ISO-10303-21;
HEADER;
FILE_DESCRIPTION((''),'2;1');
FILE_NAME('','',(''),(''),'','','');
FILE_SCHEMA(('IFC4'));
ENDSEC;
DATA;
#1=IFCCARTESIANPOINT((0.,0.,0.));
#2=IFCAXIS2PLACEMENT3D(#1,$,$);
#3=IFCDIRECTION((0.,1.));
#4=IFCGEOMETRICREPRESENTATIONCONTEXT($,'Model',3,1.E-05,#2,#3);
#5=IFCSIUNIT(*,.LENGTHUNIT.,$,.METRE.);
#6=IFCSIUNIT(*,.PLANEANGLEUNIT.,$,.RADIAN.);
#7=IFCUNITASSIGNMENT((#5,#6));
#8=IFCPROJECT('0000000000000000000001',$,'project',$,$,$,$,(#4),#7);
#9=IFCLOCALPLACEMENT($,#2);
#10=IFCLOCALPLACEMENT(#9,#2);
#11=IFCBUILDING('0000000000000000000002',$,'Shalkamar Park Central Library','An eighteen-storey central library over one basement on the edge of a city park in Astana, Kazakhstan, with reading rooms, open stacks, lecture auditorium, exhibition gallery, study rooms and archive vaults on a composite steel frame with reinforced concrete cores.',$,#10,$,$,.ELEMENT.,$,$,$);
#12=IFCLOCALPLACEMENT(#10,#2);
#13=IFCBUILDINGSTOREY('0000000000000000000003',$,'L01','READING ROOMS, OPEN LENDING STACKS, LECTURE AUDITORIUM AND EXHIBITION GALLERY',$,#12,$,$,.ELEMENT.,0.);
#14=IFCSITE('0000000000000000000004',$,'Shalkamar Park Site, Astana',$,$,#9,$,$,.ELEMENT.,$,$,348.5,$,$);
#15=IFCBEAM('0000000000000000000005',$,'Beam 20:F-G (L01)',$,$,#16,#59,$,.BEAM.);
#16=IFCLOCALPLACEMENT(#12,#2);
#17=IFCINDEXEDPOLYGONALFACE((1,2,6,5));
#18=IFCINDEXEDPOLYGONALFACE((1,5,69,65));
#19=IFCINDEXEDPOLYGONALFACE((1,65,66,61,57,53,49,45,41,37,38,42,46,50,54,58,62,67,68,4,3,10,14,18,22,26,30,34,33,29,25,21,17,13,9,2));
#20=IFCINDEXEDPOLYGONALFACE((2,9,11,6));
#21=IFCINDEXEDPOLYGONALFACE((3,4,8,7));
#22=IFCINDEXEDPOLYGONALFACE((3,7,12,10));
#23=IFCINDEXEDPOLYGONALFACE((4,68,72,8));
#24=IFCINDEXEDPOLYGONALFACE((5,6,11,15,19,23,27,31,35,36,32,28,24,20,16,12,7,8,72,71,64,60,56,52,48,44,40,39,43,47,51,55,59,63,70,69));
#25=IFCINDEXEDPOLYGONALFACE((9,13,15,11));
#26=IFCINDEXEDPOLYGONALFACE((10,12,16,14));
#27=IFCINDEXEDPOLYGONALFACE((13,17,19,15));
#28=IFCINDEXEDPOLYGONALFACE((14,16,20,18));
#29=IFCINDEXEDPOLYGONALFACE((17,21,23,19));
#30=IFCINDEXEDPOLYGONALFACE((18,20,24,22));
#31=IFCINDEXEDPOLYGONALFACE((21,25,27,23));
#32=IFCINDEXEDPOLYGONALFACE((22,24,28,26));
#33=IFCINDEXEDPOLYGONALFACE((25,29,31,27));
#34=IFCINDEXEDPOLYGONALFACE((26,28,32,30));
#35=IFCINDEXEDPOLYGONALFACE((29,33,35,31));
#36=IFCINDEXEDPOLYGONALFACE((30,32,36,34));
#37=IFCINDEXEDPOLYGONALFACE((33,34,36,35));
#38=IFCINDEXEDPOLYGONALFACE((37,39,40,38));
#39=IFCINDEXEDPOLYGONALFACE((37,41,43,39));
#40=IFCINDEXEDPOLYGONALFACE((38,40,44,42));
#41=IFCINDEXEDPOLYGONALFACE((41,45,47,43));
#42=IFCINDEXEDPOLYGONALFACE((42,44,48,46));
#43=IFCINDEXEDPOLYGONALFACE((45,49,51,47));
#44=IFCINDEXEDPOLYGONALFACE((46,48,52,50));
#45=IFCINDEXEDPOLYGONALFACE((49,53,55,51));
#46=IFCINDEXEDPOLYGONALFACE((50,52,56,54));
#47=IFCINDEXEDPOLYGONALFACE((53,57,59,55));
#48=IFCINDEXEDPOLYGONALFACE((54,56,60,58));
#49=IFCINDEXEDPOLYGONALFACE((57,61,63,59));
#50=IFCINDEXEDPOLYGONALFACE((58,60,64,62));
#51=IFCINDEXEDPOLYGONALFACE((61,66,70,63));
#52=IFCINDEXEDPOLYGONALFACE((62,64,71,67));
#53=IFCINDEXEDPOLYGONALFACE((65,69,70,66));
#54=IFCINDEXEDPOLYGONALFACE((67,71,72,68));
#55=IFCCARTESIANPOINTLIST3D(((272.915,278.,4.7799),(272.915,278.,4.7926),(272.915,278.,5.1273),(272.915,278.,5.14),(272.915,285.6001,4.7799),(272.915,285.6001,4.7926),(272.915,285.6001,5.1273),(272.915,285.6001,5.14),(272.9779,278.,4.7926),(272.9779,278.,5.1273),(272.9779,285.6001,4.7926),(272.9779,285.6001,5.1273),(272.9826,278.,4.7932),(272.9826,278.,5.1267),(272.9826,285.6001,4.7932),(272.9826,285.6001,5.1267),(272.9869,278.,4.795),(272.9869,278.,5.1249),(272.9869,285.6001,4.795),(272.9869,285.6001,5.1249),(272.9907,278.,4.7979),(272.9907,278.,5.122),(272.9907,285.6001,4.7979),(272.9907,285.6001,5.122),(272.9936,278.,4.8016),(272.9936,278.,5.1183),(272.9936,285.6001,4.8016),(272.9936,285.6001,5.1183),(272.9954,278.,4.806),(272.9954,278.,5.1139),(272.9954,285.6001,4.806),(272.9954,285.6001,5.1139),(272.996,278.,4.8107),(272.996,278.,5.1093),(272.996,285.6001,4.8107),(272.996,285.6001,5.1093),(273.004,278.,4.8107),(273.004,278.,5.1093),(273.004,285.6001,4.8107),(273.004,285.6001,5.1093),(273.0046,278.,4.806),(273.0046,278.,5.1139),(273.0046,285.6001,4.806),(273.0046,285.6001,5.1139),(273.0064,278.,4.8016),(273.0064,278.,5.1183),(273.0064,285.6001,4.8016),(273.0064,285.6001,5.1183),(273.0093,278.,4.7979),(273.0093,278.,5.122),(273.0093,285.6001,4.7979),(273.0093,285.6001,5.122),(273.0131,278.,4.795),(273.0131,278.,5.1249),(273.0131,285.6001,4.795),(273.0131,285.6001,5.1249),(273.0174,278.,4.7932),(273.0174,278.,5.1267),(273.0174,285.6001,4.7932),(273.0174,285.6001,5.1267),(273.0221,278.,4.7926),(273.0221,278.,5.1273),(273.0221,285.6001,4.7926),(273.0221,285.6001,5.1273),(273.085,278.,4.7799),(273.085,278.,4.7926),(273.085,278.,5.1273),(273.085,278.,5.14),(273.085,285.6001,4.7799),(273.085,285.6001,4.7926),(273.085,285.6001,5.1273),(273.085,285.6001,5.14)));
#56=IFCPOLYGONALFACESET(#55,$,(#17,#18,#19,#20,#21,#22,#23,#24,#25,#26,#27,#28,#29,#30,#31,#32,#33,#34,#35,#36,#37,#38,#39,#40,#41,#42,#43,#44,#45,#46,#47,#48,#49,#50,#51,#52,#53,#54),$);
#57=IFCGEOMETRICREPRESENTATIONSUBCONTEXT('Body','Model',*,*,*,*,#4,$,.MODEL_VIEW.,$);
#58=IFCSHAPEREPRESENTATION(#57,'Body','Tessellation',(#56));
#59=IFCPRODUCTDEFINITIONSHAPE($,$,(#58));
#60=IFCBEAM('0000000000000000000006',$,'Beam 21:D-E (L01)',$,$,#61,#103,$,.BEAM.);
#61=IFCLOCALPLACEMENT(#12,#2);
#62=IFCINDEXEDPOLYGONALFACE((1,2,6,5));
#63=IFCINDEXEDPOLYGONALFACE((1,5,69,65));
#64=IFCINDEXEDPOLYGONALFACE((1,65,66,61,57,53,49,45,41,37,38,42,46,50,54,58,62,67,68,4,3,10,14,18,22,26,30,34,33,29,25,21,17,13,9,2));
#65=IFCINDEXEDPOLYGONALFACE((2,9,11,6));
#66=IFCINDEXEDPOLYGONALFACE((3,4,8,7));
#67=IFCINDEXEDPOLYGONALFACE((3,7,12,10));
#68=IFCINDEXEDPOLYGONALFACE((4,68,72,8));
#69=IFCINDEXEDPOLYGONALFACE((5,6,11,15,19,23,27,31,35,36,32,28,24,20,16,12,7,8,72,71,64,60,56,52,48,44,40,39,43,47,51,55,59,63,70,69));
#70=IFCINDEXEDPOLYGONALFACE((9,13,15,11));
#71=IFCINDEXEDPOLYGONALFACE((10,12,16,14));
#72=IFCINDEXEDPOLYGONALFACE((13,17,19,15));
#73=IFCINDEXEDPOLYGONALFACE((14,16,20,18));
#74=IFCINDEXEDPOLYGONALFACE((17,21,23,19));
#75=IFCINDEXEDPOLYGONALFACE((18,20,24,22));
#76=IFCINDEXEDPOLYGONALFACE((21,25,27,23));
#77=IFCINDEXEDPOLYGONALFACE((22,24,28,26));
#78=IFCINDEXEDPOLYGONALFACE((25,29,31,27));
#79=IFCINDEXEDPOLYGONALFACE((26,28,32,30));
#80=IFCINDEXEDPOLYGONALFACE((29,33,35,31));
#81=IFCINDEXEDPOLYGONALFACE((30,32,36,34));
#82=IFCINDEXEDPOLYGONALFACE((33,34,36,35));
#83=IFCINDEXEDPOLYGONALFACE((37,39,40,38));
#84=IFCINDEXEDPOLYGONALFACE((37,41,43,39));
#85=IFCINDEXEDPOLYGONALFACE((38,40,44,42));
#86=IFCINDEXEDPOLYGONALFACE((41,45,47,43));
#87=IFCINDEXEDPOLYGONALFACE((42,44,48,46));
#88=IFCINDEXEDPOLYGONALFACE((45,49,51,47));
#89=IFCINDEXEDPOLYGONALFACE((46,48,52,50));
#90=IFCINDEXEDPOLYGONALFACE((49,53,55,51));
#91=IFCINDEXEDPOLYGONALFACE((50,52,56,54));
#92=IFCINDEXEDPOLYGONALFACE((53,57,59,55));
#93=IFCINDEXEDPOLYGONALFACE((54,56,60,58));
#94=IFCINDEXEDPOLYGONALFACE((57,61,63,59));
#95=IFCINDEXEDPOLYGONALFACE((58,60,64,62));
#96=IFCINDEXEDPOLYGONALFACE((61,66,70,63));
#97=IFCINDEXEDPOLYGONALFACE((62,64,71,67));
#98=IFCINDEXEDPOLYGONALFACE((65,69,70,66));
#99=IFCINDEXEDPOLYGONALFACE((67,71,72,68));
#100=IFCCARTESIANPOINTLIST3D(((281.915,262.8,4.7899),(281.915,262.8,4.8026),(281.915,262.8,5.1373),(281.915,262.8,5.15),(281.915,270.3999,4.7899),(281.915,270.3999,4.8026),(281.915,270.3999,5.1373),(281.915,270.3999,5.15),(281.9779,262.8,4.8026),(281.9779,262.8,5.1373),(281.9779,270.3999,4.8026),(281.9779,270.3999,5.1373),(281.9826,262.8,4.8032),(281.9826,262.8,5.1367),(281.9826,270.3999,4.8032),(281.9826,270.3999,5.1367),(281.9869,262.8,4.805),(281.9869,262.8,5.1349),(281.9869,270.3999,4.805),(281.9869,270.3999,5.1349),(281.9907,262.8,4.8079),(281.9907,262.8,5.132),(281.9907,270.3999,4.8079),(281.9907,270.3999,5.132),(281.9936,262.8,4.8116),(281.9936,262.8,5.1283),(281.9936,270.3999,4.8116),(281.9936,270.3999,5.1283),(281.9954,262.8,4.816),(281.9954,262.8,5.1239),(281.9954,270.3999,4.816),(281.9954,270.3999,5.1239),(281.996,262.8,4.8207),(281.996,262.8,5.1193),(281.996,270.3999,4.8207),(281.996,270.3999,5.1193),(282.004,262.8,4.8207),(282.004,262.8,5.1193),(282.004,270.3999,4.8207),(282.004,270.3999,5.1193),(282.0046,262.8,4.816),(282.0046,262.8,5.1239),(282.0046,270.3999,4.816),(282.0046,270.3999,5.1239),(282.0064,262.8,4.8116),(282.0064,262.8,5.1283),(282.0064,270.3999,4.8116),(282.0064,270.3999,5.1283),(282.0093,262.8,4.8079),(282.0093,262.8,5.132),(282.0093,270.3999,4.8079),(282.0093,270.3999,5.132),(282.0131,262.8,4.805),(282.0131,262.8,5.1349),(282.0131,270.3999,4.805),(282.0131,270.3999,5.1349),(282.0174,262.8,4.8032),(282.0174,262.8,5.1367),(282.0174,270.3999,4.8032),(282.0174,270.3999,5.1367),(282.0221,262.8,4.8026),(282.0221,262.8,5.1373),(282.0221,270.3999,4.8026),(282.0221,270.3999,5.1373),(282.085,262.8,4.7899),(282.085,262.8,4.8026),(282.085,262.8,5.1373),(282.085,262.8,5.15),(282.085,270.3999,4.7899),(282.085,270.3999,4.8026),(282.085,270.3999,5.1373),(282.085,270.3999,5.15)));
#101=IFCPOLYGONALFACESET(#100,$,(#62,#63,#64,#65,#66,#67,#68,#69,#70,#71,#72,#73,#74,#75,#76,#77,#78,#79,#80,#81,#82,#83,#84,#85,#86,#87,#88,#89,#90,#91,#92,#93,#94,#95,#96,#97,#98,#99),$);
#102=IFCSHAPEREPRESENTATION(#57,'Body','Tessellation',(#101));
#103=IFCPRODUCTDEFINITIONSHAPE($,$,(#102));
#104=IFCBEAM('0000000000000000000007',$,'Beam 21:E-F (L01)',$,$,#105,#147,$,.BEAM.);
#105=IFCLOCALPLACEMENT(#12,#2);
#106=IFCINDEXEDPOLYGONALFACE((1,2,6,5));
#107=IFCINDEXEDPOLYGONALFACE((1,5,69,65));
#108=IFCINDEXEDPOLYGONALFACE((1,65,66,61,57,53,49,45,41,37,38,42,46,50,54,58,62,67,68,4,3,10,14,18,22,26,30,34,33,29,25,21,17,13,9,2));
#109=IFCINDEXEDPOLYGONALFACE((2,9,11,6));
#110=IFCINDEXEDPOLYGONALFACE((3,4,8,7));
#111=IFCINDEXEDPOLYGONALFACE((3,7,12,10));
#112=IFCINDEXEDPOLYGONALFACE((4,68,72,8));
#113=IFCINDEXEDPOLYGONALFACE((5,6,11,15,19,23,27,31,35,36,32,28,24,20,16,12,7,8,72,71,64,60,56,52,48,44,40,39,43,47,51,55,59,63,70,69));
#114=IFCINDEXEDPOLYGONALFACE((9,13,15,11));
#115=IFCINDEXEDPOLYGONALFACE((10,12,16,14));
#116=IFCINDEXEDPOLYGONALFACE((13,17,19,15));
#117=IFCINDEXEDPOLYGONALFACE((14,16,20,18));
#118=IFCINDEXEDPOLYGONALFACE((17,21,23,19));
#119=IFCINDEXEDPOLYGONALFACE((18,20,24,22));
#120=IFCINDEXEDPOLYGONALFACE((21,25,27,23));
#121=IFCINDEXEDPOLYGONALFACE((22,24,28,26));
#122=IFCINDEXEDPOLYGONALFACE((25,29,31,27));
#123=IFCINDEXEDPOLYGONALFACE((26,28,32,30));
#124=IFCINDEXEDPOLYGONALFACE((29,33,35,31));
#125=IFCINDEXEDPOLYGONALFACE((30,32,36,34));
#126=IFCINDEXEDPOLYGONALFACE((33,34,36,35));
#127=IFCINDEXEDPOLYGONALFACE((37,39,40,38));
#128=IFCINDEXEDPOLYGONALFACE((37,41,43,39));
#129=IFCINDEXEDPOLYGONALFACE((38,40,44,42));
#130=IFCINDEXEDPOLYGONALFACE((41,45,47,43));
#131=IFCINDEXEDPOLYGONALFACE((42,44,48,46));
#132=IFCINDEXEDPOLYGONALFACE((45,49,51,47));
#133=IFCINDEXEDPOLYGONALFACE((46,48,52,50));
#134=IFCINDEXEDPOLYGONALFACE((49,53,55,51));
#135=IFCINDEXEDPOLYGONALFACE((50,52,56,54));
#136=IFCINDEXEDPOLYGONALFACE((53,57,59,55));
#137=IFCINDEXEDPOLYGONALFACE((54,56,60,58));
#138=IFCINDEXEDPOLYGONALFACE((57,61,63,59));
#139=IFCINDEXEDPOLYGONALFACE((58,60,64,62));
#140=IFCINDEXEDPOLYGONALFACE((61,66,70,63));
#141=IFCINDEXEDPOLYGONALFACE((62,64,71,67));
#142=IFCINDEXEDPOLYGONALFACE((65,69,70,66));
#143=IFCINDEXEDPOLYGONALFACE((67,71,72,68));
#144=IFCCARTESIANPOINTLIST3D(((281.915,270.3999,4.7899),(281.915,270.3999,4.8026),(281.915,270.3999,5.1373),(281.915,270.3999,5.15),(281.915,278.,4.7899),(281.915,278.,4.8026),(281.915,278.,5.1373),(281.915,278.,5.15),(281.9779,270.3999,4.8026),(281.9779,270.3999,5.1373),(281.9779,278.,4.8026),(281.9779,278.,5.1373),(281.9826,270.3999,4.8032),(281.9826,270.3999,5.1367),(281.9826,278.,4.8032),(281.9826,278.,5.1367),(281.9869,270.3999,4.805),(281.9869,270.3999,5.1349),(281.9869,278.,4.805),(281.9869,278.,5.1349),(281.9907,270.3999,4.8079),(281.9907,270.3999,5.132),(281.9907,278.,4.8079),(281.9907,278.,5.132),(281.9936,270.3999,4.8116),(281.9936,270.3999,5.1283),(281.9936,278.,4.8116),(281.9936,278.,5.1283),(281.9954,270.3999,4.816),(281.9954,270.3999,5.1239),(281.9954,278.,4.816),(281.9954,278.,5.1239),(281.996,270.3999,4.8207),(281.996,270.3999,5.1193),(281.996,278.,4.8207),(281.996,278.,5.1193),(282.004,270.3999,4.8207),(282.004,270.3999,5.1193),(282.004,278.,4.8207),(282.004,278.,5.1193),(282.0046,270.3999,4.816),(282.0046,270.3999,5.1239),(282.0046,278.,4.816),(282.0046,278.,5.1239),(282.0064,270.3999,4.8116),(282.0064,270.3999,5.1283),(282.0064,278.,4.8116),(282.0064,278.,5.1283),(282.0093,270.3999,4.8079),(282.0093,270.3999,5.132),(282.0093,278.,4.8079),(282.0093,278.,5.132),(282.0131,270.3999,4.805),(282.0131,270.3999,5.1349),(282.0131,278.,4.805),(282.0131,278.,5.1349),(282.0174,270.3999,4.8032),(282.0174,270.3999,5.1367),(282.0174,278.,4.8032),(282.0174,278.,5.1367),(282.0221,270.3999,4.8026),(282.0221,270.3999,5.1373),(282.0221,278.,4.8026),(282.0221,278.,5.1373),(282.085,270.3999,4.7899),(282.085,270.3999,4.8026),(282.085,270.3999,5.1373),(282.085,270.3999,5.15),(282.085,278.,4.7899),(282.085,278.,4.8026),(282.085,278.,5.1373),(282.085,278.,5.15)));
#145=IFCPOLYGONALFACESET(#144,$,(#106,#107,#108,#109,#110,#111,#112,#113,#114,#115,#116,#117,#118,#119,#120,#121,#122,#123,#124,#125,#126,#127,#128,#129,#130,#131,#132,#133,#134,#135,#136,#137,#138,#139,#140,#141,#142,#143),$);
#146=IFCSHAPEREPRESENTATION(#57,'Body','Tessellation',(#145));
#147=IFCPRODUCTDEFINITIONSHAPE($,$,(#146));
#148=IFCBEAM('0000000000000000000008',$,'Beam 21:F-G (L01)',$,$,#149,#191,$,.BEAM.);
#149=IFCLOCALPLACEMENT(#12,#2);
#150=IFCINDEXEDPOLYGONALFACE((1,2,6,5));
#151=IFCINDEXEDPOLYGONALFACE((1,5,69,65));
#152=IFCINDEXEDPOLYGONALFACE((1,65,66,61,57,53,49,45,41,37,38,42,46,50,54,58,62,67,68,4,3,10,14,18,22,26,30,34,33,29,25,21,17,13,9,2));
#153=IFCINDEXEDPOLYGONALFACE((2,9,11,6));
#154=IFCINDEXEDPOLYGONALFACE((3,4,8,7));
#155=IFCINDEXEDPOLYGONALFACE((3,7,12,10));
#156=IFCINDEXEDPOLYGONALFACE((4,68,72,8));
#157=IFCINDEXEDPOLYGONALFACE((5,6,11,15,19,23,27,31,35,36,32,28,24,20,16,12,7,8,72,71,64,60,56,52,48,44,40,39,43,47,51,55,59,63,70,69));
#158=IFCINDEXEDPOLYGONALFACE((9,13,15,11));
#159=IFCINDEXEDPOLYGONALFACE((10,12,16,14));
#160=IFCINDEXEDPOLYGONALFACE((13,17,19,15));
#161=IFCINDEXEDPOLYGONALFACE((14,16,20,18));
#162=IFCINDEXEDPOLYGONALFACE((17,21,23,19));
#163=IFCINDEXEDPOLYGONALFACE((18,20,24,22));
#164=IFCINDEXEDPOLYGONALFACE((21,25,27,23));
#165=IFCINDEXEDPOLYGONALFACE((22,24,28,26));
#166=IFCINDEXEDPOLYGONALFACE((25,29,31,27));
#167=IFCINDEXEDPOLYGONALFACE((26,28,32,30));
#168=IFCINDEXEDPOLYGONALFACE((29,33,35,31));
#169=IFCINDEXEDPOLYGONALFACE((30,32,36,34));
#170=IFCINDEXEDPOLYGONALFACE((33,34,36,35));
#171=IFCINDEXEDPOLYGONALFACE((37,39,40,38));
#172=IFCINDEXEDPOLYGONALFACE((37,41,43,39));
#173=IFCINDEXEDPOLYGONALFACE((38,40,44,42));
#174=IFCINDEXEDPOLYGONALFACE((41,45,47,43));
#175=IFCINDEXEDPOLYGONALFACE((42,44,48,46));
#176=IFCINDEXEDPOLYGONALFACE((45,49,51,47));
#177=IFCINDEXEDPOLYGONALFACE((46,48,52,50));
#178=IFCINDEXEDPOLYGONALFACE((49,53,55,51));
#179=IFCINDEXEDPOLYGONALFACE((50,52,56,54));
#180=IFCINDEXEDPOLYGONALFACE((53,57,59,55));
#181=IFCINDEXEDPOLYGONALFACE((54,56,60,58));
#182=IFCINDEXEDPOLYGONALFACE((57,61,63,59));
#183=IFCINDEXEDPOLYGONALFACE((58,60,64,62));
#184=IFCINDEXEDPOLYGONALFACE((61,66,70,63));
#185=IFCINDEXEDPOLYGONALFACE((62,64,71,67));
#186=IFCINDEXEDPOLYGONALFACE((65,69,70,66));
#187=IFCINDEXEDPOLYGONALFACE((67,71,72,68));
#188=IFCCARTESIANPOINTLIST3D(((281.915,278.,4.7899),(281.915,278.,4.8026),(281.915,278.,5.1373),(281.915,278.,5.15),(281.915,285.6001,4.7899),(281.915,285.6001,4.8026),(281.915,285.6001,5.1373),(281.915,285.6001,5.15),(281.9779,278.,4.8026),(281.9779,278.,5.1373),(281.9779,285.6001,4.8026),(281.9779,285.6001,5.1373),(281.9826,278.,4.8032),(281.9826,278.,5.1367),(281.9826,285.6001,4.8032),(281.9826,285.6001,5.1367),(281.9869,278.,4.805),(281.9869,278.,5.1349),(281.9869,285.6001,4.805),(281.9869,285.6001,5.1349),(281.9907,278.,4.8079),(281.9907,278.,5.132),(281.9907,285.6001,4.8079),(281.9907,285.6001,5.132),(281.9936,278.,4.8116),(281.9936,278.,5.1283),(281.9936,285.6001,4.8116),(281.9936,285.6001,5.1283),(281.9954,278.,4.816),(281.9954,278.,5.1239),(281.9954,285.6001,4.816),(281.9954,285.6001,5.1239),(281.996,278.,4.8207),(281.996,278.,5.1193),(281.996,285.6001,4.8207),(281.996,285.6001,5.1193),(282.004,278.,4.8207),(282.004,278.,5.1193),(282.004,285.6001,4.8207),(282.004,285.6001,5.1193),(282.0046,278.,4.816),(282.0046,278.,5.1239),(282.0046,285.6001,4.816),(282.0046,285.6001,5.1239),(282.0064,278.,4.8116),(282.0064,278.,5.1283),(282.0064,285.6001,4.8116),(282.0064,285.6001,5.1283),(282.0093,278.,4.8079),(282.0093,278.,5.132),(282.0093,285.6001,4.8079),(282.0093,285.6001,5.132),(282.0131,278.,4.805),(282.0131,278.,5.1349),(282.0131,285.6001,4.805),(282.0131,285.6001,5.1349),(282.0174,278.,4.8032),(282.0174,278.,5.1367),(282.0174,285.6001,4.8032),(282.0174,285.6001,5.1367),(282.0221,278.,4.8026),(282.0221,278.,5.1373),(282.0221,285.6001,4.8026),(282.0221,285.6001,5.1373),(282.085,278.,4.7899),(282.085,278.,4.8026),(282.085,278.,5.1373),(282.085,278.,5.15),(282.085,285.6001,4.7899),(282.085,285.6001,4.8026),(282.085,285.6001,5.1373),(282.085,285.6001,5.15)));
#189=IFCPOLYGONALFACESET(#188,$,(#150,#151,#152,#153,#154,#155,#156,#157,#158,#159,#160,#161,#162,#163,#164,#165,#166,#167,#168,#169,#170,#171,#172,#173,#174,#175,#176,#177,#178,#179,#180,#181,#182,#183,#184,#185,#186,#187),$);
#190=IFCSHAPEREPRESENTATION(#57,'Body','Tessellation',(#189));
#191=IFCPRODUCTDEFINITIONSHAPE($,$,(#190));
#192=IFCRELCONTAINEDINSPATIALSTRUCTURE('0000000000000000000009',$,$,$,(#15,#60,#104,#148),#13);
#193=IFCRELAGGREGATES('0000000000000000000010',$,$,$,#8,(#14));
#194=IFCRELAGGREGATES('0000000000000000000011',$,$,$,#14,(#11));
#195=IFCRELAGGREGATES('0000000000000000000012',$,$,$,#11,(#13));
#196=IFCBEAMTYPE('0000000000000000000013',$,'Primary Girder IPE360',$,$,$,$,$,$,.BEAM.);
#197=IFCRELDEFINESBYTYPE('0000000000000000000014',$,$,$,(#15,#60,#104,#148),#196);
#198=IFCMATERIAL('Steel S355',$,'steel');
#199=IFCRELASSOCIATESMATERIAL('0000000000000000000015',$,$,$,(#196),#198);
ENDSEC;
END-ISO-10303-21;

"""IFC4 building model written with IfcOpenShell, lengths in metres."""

from ifc_helpers import new_model, si_unit, direction, frame, origin, origin_2d, place, context, subcontext, project, spatial, i_section, extrude, material, material_profile, profile_set, type_object, element, save


model = new_model("IFC4")

# Units and contexts
model_context = context("Model", 3, precision=1e-05, world=origin(), true_north=direction((0.0, 1.0)))
body_context = subcontext(model_context, "Body", "Model", "MODEL_VIEW")
ifc_project = project(units=[si_unit("LENGTHUNIT", "METRE"), si_unit("PLANEANGLEUNIT", "RADIAN")], contexts=[model_context])

# Site, building, storey
site_placement = place(None, origin())
site = spatial("IfcSite", under=ifc_project, at=site_placement, Name="Shalkamar Park Site, Astana", CompositionType="ELEMENT", RefElevation=348.5)
building_placement = place(site_placement, origin())
building = spatial("IfcBuilding", under=site, at=building_placement, Name="Shalkamar Park Central Library", Description="An eighteen-storey central library over one basement on the edge of a city park in Astana, Kazakhstan, with reading rooms, open stacks, lecture auditorium, exhibition gallery, study rooms and archive vaults on a composite steel frame with reinforced concrete cores.", CompositionType="ELEMENT")
storey_placement = place(building_placement, origin())
storey = spatial("IfcBuildingStorey", under=building, at=storey_placement, Name="L01", Description="READING ROOMS, OPEN LENDING STACKS, LECTURE AUDITORIUM AND EXHIBITION GALLERY", CompositionType="ELEMENT", Elevation=0.0)

# Shared definitions
ifc_material_1 = material(Name="Steel S355", Category="steel")

# Beams
ifc_material_profile_1 = material_profile(ifc_material_1, i_section(OverallWidth=0.1699, OverallDepth=0.3601, WebThickness=0.0081, FlangeThickness=0.0127, FilletRadius=0.0181, at=origin_2d()), Name="IPE 360")
ifc_profile_set_1 = profile_set([ifc_material_profile_1], Name="Steel S355")
beam_type_1 = type_object("IfcBeamType", Name="Primary Girder IPE360", PredefinedType="BEAM", material=ifc_profile_set_1)
for number, where, z_axis, x_axis, name in (
    (1, (273.0, 278.0, 4.96), (0.0, 1.0, 0.0), (-1.0, 0.0, 0.0), "Beam 20:F-G (L01)"),
):
    element("IfcBeam", number, at=place(storey_placement, frame(where, z_axis=z_axis, x_axis=x_axis)), inside=storey, type_object=beam_type_1, Name=name, PredefinedType="BEAM", context=body_context, shape_type="SweptSolid", body=[
        extrude(i_section(OverallWidth=0.1699, OverallDepth=0.3601, WebThickness=0.0081, FlangeThickness=0.0127, FilletRadius=0.0181, at=origin_2d()), origin(), (0.0, 0.0, 1.0), 7.6001),
    ])
beam_1_placement = place(storey_placement, frame((282.0, 262.8, 4.97), z_axis=(0.0, 1.0, 0.0), x_axis=(-1.0, 0.0, 0.0)))
element("IfcBeam", 2, at=beam_1_placement, inside=storey, type_object=beam_type_1, Name="Beam 21:D-E (L01)", PredefinedType="BEAM", context=body_context, shape_type="SweptSolid", body=[
    extrude(i_section(OverallWidth=0.1699, OverallDepth=0.3601, WebThickness=0.0081, FlangeThickness=0.0127, FilletRadius=0.0181, at=origin_2d()), origin(), (0.0, 0.0, 1.0), 7.5999),
])
for number, where, z_axis, x_axis, name in (
    (3, (282.0, 270.3999, 4.97), (0.0, 1.0, 0.0), (-1.0, 0.0, 0.0), "Beam 21:E-F (L01)"),
    (4, (282.0, 278.0, 4.97), (0.0, 1.0, 0.0), (-1.0, 0.0, 0.0), "Beam 21:F-G (L01)"),
):
    element("IfcBeam", number, at=place(storey_placement, frame(where, z_axis=z_axis, x_axis=x_axis)), inside=storey, type_object=beam_type_1, Name=name, PredefinedType="BEAM", context=body_context, shape_type="SweptSolid", body=[
        extrude(i_section(OverallWidth=0.1699, OverallDepth=0.3601, WebThickness=0.0081, FlangeThickness=0.0127, FilletRadius=0.0181, at=origin_2d()), origin(), (0.0, 0.0, 1.0), 7.6001),
    ])

save(model, "model.ifc")
